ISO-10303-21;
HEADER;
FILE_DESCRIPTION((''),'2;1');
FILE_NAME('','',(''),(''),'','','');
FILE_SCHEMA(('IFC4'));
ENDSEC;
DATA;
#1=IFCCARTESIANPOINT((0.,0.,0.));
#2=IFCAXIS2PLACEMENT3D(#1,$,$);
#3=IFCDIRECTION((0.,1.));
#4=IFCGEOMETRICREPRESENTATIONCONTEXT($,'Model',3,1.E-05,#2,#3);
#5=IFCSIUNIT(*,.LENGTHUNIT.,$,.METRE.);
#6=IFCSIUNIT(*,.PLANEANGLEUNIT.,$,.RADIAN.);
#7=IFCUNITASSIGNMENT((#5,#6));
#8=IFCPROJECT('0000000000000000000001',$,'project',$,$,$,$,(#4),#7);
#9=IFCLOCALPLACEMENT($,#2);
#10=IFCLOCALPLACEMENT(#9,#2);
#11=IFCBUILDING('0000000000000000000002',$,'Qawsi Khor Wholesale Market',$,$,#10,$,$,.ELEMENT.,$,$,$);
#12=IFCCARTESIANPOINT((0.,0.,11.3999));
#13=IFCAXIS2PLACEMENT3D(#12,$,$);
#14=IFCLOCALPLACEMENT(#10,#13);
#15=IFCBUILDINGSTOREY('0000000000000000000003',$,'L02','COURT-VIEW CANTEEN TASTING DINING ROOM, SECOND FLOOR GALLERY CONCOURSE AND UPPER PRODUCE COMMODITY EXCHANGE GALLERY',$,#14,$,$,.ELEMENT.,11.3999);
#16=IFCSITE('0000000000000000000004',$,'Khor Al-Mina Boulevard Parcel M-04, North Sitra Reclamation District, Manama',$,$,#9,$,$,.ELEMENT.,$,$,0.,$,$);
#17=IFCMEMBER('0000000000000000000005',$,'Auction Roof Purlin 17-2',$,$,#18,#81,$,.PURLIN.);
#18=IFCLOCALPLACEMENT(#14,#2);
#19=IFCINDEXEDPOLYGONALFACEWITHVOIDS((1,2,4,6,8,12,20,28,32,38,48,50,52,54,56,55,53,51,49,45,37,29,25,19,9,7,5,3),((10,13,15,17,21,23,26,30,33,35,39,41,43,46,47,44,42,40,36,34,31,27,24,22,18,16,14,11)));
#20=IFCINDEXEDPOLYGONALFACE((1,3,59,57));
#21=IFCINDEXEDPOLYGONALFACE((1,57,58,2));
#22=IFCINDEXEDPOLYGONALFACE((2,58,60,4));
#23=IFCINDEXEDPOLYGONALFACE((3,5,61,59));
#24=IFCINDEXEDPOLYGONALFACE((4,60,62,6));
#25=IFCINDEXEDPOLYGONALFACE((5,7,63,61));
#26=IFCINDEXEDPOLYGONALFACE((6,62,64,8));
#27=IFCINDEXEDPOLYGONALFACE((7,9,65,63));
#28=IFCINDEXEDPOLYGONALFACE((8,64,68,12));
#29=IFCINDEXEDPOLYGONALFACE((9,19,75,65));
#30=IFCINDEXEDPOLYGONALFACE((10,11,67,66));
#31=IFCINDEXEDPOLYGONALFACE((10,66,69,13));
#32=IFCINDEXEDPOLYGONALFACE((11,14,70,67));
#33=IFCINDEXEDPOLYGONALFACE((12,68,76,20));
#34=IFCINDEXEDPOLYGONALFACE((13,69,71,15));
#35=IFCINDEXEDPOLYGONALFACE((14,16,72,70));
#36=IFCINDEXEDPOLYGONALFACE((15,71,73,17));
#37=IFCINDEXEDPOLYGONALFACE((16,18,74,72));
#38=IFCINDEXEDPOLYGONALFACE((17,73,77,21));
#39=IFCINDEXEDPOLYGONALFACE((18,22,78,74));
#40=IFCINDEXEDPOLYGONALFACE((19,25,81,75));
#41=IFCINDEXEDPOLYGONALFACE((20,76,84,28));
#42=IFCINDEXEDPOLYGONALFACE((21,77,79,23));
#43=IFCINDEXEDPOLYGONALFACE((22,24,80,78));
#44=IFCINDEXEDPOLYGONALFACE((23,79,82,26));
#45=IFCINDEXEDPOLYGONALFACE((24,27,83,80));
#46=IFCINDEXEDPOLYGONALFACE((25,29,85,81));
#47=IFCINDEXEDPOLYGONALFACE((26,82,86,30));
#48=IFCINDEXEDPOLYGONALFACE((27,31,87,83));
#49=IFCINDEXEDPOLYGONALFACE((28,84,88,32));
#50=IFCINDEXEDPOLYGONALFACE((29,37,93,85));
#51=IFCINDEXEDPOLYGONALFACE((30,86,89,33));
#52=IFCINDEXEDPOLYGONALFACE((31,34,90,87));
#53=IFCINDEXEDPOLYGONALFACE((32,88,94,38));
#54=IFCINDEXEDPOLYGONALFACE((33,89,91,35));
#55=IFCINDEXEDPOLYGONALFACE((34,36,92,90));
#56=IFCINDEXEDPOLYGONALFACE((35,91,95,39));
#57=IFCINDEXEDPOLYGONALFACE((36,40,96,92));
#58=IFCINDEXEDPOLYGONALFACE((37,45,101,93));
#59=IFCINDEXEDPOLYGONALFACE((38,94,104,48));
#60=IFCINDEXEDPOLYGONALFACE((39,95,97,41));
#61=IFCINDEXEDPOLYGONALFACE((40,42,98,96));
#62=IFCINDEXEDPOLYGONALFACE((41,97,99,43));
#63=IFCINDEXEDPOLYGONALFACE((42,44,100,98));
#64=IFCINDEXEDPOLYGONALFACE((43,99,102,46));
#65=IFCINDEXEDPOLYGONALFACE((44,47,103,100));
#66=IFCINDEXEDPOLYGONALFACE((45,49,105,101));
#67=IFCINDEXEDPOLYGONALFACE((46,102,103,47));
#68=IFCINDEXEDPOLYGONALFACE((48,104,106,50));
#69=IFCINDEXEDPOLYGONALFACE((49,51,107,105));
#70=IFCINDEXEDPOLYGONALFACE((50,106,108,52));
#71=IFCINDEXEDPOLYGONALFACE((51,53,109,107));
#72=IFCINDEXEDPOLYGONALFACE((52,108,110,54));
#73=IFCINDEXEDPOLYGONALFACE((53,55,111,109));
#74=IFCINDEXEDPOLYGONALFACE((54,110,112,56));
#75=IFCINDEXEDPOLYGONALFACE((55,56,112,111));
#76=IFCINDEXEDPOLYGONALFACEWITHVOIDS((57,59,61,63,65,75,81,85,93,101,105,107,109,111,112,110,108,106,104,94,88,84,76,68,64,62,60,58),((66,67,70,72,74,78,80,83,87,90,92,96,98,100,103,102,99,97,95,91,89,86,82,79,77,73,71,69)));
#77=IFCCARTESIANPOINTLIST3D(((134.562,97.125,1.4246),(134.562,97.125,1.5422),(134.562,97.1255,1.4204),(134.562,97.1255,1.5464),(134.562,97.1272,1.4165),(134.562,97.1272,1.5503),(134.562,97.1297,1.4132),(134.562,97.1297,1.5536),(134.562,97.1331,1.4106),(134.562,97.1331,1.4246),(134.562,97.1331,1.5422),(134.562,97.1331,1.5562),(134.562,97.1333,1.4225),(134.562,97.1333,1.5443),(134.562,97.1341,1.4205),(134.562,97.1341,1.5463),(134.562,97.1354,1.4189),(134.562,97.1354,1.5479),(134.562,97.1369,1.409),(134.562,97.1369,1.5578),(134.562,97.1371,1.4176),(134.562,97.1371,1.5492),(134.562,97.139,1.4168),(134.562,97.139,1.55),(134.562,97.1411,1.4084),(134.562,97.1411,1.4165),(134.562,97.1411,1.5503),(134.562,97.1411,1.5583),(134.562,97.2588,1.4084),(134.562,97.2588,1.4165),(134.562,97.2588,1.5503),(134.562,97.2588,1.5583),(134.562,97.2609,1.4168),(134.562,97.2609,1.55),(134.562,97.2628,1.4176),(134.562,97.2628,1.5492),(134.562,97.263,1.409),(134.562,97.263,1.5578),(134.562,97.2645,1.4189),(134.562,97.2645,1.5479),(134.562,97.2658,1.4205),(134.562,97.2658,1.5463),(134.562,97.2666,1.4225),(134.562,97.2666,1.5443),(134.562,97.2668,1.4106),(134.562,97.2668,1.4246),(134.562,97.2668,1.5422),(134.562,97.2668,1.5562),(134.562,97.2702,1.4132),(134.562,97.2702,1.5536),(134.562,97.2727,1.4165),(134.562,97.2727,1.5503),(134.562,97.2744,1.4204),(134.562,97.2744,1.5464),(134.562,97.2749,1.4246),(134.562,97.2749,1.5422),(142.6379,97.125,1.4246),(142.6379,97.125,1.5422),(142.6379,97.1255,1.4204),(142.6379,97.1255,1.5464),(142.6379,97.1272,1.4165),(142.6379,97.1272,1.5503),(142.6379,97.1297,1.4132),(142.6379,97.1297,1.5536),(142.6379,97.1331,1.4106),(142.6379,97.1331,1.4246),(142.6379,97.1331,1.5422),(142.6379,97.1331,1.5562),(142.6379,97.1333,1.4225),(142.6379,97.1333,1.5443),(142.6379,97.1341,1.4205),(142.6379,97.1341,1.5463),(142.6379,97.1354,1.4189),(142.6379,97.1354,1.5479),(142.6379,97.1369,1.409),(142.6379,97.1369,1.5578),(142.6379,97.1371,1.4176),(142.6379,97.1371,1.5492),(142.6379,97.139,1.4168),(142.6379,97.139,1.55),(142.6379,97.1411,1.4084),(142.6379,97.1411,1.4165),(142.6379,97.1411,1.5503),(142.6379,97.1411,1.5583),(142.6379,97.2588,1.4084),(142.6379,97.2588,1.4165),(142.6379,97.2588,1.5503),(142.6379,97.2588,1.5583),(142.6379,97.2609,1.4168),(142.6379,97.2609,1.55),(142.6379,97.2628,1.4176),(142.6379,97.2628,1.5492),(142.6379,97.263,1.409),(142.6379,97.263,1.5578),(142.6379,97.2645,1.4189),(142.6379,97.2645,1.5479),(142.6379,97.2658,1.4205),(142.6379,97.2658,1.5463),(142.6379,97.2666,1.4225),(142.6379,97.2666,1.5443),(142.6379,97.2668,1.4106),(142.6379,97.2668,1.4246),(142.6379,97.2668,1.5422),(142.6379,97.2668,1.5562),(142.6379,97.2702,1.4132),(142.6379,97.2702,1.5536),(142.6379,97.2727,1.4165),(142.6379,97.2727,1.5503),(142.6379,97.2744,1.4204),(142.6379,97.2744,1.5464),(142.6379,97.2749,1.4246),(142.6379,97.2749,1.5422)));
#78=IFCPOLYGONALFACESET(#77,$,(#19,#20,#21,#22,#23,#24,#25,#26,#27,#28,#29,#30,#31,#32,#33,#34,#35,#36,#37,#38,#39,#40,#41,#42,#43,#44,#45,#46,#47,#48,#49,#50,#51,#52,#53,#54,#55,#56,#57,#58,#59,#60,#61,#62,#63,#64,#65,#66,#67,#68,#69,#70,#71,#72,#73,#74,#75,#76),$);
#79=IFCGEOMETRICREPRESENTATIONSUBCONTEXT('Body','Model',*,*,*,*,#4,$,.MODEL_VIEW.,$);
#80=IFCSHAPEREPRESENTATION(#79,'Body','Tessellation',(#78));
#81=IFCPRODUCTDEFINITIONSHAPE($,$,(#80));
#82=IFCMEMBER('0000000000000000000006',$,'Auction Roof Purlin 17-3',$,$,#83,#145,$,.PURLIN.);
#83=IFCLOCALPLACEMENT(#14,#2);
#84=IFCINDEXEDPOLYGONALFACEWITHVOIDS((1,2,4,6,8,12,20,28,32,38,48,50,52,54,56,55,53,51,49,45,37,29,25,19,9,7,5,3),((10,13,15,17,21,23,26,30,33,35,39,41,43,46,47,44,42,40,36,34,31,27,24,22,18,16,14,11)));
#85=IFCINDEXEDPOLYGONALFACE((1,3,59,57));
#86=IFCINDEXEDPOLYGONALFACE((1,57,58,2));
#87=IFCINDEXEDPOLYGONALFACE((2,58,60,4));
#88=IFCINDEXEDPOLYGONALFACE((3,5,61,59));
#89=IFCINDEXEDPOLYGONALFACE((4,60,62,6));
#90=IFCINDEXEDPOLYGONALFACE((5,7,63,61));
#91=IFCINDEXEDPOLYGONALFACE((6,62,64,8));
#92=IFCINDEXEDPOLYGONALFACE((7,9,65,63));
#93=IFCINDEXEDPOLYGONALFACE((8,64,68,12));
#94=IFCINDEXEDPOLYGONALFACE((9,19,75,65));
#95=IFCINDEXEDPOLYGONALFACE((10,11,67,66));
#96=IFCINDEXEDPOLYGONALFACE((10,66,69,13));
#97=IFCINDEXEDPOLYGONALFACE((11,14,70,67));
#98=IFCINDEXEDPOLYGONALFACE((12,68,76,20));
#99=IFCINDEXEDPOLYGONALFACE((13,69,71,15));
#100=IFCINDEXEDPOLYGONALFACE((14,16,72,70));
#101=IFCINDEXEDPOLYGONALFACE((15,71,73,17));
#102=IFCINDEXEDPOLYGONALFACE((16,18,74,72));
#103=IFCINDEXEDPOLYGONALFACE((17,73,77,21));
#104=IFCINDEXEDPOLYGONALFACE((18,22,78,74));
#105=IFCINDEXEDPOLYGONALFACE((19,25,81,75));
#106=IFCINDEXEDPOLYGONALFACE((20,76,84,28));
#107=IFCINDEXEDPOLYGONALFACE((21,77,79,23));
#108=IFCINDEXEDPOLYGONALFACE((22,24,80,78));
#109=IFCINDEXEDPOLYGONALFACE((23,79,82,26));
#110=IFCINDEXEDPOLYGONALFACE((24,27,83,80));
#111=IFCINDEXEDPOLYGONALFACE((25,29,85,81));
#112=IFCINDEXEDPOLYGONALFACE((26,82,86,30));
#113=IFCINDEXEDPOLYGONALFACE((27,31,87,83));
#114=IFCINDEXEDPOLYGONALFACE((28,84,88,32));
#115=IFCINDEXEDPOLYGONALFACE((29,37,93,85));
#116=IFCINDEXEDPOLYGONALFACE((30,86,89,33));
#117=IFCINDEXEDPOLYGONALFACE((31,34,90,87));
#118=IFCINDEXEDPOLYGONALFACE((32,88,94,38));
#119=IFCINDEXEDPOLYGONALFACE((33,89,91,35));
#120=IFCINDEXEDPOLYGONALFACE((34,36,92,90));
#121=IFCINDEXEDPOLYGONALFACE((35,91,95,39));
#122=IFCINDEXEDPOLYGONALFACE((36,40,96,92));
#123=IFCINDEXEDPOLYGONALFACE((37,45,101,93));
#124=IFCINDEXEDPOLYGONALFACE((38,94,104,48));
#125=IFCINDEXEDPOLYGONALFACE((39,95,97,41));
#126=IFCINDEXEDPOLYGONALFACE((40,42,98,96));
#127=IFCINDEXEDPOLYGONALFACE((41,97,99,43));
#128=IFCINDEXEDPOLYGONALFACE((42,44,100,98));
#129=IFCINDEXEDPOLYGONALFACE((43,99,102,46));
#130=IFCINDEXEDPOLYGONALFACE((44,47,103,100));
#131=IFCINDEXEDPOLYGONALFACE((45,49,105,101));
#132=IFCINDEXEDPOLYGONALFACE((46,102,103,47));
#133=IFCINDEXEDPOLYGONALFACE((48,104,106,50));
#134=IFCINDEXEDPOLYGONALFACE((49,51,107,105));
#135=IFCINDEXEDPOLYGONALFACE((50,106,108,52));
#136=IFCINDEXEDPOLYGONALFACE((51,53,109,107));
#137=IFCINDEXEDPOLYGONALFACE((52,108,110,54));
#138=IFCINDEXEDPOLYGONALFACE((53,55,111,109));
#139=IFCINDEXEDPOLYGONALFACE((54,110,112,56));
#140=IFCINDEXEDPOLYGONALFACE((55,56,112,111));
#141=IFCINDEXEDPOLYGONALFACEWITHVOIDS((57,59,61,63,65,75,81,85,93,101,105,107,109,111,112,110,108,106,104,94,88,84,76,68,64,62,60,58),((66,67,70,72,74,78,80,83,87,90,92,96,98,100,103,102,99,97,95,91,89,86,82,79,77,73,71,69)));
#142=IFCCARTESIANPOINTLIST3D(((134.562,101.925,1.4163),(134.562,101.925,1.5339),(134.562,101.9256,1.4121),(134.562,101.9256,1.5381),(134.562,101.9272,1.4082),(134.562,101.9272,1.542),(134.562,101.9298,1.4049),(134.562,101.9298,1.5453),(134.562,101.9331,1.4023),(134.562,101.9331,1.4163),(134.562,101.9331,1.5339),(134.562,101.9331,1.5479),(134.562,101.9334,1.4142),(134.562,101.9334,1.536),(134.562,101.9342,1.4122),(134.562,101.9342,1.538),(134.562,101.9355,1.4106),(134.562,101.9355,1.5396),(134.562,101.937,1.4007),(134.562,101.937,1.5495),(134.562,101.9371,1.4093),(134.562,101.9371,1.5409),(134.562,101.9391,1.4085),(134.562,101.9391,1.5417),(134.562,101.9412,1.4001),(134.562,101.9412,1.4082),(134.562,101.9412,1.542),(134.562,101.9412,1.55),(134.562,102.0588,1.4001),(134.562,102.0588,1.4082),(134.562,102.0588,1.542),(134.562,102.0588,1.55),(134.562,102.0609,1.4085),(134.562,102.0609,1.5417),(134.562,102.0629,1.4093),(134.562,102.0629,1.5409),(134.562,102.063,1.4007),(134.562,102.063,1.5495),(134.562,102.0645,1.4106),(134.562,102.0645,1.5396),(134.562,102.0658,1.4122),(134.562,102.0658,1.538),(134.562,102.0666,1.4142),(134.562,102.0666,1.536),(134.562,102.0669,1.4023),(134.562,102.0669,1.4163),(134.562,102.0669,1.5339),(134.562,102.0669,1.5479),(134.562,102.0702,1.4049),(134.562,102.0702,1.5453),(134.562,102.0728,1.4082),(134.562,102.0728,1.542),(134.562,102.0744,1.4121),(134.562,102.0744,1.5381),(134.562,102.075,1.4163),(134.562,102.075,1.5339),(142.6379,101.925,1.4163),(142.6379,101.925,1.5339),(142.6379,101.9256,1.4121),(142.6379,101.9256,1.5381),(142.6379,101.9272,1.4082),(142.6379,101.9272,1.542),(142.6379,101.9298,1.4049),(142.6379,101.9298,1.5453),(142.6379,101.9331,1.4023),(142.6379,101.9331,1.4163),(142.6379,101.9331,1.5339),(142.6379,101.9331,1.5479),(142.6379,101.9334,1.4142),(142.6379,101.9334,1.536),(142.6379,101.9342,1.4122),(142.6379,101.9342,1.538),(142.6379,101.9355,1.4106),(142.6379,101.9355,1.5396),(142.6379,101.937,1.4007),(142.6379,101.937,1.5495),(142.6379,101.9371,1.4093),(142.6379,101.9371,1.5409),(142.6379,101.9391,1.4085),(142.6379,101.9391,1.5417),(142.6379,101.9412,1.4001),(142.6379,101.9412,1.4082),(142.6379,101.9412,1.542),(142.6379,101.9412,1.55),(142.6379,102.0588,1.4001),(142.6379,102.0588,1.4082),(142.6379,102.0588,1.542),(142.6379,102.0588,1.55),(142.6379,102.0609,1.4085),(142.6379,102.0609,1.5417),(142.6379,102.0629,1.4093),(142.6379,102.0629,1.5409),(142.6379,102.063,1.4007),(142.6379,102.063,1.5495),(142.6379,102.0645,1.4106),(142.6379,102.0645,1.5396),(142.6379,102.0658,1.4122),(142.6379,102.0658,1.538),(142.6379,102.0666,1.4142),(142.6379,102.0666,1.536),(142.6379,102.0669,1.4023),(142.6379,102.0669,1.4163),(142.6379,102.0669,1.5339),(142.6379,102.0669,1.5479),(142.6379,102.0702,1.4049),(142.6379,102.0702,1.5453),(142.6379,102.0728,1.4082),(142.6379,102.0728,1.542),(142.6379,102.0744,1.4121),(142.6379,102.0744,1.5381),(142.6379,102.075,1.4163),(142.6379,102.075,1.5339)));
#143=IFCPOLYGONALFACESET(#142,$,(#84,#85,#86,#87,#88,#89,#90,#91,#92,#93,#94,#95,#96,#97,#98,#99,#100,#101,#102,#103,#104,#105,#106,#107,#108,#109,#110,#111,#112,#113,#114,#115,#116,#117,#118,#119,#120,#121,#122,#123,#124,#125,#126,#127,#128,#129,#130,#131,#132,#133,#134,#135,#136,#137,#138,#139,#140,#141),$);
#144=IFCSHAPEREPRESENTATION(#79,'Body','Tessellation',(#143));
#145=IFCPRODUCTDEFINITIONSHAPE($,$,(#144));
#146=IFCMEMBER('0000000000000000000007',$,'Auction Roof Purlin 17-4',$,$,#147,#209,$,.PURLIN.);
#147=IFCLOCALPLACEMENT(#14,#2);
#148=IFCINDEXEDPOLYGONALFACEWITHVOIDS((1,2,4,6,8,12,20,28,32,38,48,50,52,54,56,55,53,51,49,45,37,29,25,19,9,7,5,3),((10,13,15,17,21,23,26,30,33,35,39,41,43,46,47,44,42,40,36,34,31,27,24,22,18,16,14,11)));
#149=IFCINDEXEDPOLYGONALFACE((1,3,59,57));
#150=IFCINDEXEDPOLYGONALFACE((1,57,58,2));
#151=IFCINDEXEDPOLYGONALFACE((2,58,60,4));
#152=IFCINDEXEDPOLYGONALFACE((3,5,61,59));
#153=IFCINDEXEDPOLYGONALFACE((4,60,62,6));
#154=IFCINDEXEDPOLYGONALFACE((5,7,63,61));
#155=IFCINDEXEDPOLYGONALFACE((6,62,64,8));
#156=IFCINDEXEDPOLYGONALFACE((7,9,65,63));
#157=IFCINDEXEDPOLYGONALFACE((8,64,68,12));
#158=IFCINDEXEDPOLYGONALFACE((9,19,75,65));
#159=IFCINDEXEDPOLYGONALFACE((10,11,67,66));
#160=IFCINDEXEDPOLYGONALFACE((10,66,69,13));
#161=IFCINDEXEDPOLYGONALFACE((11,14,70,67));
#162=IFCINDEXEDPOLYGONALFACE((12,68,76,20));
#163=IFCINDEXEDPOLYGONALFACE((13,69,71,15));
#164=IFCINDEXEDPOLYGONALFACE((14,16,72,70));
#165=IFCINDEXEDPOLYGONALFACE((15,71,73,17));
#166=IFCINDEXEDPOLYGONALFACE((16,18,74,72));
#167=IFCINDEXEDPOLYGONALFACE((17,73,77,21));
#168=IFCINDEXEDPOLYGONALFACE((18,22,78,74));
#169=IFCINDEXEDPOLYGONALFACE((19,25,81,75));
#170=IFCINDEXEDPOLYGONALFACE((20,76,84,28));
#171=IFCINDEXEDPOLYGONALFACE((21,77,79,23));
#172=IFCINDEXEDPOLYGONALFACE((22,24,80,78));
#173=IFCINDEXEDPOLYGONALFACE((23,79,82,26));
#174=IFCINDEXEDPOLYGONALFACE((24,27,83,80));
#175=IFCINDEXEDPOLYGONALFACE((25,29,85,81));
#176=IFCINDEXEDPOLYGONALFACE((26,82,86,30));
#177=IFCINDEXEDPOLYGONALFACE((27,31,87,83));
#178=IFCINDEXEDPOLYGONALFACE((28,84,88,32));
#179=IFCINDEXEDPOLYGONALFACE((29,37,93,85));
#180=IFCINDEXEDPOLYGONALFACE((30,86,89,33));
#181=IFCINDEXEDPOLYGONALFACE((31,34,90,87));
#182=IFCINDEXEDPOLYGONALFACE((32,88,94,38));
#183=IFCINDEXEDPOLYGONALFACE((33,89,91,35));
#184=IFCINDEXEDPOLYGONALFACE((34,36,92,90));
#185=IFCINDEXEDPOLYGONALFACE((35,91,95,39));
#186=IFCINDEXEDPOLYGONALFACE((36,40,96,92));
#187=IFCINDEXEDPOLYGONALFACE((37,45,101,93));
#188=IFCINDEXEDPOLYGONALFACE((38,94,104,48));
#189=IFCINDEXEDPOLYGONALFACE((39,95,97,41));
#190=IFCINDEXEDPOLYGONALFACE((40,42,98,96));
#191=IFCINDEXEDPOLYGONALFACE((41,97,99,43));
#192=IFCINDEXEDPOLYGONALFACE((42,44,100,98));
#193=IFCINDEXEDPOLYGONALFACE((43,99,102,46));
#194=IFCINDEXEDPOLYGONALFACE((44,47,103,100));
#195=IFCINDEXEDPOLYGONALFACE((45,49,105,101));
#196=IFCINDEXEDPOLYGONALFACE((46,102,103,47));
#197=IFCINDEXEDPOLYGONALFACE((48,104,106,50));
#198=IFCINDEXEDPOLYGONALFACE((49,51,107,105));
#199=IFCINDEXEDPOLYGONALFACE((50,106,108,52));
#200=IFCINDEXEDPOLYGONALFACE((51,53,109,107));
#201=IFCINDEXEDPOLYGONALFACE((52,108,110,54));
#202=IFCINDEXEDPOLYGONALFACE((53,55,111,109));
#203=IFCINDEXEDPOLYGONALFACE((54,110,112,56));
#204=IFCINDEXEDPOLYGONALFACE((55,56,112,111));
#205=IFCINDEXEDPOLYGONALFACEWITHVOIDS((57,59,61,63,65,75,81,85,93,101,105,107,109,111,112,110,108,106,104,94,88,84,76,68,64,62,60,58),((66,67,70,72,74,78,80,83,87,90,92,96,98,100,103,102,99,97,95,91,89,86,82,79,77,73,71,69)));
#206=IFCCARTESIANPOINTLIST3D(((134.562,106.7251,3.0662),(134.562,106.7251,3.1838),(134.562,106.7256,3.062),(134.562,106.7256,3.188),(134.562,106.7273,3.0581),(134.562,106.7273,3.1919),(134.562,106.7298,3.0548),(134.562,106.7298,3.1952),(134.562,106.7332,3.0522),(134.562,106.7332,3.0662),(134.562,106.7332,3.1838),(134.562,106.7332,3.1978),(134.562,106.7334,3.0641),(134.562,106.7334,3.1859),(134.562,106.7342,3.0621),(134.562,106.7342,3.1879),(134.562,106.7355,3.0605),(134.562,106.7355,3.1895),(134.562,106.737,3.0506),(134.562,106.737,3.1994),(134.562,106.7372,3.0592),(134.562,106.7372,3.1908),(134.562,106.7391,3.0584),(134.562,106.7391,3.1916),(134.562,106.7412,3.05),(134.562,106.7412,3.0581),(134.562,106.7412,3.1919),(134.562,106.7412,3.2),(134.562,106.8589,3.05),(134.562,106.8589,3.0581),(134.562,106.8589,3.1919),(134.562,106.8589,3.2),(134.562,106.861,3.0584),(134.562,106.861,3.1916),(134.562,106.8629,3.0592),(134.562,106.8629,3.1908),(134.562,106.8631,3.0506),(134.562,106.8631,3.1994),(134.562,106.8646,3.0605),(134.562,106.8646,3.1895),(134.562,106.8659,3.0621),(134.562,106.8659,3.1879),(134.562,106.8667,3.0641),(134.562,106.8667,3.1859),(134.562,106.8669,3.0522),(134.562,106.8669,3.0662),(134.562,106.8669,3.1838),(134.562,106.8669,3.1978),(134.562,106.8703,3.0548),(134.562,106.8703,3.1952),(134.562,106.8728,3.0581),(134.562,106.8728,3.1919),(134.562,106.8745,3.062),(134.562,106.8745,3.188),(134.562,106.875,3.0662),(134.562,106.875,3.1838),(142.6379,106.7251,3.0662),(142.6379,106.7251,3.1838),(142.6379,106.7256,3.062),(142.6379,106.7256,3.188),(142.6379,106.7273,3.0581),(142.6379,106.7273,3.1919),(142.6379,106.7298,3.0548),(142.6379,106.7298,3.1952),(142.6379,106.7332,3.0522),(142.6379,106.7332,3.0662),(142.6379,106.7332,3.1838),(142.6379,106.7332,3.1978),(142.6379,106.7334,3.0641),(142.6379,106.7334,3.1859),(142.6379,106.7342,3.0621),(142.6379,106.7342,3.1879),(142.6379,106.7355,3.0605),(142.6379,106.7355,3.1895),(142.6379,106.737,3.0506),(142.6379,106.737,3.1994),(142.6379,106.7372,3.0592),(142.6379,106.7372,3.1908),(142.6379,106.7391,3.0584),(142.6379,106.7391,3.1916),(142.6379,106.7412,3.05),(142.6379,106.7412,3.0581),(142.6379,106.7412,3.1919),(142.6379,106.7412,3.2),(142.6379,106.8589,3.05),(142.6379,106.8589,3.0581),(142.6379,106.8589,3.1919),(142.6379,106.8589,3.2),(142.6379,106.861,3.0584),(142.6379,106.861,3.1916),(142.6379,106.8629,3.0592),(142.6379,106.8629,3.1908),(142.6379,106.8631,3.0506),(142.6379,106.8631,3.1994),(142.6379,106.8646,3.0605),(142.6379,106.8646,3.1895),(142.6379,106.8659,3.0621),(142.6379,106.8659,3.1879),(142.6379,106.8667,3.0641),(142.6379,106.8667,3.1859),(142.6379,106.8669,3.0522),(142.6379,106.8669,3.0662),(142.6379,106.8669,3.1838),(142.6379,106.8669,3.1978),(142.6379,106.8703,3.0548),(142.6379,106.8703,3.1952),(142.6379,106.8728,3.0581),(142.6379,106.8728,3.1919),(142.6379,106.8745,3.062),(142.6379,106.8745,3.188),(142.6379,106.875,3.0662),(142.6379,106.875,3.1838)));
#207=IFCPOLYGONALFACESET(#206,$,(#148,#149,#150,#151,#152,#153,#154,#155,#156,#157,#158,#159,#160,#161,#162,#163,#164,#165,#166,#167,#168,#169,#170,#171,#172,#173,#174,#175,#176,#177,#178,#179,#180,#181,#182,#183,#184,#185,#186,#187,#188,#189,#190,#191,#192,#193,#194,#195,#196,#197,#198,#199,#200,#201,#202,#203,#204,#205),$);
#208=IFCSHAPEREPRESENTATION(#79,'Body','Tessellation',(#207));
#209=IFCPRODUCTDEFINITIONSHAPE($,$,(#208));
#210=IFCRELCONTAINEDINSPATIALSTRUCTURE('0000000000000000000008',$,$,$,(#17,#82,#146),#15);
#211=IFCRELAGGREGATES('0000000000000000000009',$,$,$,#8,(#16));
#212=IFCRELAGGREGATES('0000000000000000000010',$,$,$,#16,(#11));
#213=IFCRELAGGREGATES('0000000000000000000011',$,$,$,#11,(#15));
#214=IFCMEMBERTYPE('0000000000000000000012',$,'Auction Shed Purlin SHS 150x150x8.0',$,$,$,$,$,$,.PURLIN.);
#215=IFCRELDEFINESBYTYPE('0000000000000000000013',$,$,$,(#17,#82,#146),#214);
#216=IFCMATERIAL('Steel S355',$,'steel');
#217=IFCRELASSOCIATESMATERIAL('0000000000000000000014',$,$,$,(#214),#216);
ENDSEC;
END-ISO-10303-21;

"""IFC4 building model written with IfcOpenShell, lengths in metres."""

from ifc_helpers import new_model, si_unit, direction, frame, origin, origin_2d, place, context, subcontext, project, spatial, hollow_rectangle, extrude, material, material_profile, profile_set, type_object, element, save


model = new_model("IFC4")

# Units and contexts
model_context = context("Model", 3, precision=1e-05, world=origin(), true_north=direction((0.0, 1.0)))
body_context = subcontext(model_context, "Body", "Model", "MODEL_VIEW")
ifc_project = project(units=[si_unit("LENGTHUNIT", "METRE"), si_unit("PLANEANGLEUNIT", "RADIAN")], contexts=[model_context])

# Site, building, storey
site_placement = place(None, origin())
site = spatial("IfcSite", under=ifc_project, at=site_placement, Name="Khor Al-Mina Boulevard Parcel M-04, North Sitra Reclamation District, Manama", CompositionType="ELEMENT", RefElevation=0.0)
building_placement = place(site_placement, origin())
building = spatial("IfcBuilding", under=site, at=building_placement, Name="Qawsi Khor Wholesale Market", CompositionType="ELEMENT")
storey_placement = place(building_placement, frame((0.0, 0.0, 11.3999)))
storey = spatial("IfcBuildingStorey", under=building, at=storey_placement, Name="L02", Description="COURT-VIEW CANTEEN TASTING DINING ROOM, SECOND FLOOR GALLERY CONCOURSE AND UPPER PRODUCE COMMODITY EXCHANGE GALLERY", CompositionType="ELEMENT", Elevation=11.3999)

# Members
ifc_material_1 = material(Name="Steel S355", Category="steel")
ifc_material_profile_1 = material_profile(ifc_material_1, hollow_rectangle(XDim=0.1499, YDim=0.1499, WallThickness=0.0081, InnerFilletRadius=0.0081, OuterFilletRadius=0.0161, at=origin_2d()), Name="SHS 150x150x8.0")
ifc_profile_set_1 = profile_set([ifc_material_profile_1], Name="Steel S355")
member_type_1 = type_object("IfcMemberType", Name="Auction Shed Purlin SHS 150x150x8.0", PredefinedType="PURLIN", material=ifc_profile_set_1)
for number, where, z_axis, x_axis, name in (
    (1, (134.562, 97.2, 1.4834), (1.0, 0.0, 0.0), (0.0, 1.0, 0.0), "Auction Roof Purlin 17-2"),
    (2, (134.562, 102.0, 1.4751), (1.0, 0.0, 0.0), (0.0, 1.0, 0.0), "Auction Roof Purlin 17-3"),
    (3, (134.562, 106.8, 3.125), (1.0, 0.0, 0.0), (0.0, 1.0, 0.0), "Auction Roof Purlin 17-4"),
):
    element("IfcMember", number, at=place(storey_placement, frame(where, z_axis=z_axis, x_axis=x_axis)), inside=storey, type_object=member_type_1, Name=name, PredefinedType="PURLIN", context=body_context, shape_type="SweptSolid", body=[
        extrude(hollow_rectangle(XDim=0.1499, YDim=0.1499, WallThickness=0.0081, InnerFilletRadius=0.0081, OuterFilletRadius=0.0161, at=origin_2d()), origin(), (0.0, 0.0, 1.0), 8.0759),
    ])

save(model, "model.ifc")
